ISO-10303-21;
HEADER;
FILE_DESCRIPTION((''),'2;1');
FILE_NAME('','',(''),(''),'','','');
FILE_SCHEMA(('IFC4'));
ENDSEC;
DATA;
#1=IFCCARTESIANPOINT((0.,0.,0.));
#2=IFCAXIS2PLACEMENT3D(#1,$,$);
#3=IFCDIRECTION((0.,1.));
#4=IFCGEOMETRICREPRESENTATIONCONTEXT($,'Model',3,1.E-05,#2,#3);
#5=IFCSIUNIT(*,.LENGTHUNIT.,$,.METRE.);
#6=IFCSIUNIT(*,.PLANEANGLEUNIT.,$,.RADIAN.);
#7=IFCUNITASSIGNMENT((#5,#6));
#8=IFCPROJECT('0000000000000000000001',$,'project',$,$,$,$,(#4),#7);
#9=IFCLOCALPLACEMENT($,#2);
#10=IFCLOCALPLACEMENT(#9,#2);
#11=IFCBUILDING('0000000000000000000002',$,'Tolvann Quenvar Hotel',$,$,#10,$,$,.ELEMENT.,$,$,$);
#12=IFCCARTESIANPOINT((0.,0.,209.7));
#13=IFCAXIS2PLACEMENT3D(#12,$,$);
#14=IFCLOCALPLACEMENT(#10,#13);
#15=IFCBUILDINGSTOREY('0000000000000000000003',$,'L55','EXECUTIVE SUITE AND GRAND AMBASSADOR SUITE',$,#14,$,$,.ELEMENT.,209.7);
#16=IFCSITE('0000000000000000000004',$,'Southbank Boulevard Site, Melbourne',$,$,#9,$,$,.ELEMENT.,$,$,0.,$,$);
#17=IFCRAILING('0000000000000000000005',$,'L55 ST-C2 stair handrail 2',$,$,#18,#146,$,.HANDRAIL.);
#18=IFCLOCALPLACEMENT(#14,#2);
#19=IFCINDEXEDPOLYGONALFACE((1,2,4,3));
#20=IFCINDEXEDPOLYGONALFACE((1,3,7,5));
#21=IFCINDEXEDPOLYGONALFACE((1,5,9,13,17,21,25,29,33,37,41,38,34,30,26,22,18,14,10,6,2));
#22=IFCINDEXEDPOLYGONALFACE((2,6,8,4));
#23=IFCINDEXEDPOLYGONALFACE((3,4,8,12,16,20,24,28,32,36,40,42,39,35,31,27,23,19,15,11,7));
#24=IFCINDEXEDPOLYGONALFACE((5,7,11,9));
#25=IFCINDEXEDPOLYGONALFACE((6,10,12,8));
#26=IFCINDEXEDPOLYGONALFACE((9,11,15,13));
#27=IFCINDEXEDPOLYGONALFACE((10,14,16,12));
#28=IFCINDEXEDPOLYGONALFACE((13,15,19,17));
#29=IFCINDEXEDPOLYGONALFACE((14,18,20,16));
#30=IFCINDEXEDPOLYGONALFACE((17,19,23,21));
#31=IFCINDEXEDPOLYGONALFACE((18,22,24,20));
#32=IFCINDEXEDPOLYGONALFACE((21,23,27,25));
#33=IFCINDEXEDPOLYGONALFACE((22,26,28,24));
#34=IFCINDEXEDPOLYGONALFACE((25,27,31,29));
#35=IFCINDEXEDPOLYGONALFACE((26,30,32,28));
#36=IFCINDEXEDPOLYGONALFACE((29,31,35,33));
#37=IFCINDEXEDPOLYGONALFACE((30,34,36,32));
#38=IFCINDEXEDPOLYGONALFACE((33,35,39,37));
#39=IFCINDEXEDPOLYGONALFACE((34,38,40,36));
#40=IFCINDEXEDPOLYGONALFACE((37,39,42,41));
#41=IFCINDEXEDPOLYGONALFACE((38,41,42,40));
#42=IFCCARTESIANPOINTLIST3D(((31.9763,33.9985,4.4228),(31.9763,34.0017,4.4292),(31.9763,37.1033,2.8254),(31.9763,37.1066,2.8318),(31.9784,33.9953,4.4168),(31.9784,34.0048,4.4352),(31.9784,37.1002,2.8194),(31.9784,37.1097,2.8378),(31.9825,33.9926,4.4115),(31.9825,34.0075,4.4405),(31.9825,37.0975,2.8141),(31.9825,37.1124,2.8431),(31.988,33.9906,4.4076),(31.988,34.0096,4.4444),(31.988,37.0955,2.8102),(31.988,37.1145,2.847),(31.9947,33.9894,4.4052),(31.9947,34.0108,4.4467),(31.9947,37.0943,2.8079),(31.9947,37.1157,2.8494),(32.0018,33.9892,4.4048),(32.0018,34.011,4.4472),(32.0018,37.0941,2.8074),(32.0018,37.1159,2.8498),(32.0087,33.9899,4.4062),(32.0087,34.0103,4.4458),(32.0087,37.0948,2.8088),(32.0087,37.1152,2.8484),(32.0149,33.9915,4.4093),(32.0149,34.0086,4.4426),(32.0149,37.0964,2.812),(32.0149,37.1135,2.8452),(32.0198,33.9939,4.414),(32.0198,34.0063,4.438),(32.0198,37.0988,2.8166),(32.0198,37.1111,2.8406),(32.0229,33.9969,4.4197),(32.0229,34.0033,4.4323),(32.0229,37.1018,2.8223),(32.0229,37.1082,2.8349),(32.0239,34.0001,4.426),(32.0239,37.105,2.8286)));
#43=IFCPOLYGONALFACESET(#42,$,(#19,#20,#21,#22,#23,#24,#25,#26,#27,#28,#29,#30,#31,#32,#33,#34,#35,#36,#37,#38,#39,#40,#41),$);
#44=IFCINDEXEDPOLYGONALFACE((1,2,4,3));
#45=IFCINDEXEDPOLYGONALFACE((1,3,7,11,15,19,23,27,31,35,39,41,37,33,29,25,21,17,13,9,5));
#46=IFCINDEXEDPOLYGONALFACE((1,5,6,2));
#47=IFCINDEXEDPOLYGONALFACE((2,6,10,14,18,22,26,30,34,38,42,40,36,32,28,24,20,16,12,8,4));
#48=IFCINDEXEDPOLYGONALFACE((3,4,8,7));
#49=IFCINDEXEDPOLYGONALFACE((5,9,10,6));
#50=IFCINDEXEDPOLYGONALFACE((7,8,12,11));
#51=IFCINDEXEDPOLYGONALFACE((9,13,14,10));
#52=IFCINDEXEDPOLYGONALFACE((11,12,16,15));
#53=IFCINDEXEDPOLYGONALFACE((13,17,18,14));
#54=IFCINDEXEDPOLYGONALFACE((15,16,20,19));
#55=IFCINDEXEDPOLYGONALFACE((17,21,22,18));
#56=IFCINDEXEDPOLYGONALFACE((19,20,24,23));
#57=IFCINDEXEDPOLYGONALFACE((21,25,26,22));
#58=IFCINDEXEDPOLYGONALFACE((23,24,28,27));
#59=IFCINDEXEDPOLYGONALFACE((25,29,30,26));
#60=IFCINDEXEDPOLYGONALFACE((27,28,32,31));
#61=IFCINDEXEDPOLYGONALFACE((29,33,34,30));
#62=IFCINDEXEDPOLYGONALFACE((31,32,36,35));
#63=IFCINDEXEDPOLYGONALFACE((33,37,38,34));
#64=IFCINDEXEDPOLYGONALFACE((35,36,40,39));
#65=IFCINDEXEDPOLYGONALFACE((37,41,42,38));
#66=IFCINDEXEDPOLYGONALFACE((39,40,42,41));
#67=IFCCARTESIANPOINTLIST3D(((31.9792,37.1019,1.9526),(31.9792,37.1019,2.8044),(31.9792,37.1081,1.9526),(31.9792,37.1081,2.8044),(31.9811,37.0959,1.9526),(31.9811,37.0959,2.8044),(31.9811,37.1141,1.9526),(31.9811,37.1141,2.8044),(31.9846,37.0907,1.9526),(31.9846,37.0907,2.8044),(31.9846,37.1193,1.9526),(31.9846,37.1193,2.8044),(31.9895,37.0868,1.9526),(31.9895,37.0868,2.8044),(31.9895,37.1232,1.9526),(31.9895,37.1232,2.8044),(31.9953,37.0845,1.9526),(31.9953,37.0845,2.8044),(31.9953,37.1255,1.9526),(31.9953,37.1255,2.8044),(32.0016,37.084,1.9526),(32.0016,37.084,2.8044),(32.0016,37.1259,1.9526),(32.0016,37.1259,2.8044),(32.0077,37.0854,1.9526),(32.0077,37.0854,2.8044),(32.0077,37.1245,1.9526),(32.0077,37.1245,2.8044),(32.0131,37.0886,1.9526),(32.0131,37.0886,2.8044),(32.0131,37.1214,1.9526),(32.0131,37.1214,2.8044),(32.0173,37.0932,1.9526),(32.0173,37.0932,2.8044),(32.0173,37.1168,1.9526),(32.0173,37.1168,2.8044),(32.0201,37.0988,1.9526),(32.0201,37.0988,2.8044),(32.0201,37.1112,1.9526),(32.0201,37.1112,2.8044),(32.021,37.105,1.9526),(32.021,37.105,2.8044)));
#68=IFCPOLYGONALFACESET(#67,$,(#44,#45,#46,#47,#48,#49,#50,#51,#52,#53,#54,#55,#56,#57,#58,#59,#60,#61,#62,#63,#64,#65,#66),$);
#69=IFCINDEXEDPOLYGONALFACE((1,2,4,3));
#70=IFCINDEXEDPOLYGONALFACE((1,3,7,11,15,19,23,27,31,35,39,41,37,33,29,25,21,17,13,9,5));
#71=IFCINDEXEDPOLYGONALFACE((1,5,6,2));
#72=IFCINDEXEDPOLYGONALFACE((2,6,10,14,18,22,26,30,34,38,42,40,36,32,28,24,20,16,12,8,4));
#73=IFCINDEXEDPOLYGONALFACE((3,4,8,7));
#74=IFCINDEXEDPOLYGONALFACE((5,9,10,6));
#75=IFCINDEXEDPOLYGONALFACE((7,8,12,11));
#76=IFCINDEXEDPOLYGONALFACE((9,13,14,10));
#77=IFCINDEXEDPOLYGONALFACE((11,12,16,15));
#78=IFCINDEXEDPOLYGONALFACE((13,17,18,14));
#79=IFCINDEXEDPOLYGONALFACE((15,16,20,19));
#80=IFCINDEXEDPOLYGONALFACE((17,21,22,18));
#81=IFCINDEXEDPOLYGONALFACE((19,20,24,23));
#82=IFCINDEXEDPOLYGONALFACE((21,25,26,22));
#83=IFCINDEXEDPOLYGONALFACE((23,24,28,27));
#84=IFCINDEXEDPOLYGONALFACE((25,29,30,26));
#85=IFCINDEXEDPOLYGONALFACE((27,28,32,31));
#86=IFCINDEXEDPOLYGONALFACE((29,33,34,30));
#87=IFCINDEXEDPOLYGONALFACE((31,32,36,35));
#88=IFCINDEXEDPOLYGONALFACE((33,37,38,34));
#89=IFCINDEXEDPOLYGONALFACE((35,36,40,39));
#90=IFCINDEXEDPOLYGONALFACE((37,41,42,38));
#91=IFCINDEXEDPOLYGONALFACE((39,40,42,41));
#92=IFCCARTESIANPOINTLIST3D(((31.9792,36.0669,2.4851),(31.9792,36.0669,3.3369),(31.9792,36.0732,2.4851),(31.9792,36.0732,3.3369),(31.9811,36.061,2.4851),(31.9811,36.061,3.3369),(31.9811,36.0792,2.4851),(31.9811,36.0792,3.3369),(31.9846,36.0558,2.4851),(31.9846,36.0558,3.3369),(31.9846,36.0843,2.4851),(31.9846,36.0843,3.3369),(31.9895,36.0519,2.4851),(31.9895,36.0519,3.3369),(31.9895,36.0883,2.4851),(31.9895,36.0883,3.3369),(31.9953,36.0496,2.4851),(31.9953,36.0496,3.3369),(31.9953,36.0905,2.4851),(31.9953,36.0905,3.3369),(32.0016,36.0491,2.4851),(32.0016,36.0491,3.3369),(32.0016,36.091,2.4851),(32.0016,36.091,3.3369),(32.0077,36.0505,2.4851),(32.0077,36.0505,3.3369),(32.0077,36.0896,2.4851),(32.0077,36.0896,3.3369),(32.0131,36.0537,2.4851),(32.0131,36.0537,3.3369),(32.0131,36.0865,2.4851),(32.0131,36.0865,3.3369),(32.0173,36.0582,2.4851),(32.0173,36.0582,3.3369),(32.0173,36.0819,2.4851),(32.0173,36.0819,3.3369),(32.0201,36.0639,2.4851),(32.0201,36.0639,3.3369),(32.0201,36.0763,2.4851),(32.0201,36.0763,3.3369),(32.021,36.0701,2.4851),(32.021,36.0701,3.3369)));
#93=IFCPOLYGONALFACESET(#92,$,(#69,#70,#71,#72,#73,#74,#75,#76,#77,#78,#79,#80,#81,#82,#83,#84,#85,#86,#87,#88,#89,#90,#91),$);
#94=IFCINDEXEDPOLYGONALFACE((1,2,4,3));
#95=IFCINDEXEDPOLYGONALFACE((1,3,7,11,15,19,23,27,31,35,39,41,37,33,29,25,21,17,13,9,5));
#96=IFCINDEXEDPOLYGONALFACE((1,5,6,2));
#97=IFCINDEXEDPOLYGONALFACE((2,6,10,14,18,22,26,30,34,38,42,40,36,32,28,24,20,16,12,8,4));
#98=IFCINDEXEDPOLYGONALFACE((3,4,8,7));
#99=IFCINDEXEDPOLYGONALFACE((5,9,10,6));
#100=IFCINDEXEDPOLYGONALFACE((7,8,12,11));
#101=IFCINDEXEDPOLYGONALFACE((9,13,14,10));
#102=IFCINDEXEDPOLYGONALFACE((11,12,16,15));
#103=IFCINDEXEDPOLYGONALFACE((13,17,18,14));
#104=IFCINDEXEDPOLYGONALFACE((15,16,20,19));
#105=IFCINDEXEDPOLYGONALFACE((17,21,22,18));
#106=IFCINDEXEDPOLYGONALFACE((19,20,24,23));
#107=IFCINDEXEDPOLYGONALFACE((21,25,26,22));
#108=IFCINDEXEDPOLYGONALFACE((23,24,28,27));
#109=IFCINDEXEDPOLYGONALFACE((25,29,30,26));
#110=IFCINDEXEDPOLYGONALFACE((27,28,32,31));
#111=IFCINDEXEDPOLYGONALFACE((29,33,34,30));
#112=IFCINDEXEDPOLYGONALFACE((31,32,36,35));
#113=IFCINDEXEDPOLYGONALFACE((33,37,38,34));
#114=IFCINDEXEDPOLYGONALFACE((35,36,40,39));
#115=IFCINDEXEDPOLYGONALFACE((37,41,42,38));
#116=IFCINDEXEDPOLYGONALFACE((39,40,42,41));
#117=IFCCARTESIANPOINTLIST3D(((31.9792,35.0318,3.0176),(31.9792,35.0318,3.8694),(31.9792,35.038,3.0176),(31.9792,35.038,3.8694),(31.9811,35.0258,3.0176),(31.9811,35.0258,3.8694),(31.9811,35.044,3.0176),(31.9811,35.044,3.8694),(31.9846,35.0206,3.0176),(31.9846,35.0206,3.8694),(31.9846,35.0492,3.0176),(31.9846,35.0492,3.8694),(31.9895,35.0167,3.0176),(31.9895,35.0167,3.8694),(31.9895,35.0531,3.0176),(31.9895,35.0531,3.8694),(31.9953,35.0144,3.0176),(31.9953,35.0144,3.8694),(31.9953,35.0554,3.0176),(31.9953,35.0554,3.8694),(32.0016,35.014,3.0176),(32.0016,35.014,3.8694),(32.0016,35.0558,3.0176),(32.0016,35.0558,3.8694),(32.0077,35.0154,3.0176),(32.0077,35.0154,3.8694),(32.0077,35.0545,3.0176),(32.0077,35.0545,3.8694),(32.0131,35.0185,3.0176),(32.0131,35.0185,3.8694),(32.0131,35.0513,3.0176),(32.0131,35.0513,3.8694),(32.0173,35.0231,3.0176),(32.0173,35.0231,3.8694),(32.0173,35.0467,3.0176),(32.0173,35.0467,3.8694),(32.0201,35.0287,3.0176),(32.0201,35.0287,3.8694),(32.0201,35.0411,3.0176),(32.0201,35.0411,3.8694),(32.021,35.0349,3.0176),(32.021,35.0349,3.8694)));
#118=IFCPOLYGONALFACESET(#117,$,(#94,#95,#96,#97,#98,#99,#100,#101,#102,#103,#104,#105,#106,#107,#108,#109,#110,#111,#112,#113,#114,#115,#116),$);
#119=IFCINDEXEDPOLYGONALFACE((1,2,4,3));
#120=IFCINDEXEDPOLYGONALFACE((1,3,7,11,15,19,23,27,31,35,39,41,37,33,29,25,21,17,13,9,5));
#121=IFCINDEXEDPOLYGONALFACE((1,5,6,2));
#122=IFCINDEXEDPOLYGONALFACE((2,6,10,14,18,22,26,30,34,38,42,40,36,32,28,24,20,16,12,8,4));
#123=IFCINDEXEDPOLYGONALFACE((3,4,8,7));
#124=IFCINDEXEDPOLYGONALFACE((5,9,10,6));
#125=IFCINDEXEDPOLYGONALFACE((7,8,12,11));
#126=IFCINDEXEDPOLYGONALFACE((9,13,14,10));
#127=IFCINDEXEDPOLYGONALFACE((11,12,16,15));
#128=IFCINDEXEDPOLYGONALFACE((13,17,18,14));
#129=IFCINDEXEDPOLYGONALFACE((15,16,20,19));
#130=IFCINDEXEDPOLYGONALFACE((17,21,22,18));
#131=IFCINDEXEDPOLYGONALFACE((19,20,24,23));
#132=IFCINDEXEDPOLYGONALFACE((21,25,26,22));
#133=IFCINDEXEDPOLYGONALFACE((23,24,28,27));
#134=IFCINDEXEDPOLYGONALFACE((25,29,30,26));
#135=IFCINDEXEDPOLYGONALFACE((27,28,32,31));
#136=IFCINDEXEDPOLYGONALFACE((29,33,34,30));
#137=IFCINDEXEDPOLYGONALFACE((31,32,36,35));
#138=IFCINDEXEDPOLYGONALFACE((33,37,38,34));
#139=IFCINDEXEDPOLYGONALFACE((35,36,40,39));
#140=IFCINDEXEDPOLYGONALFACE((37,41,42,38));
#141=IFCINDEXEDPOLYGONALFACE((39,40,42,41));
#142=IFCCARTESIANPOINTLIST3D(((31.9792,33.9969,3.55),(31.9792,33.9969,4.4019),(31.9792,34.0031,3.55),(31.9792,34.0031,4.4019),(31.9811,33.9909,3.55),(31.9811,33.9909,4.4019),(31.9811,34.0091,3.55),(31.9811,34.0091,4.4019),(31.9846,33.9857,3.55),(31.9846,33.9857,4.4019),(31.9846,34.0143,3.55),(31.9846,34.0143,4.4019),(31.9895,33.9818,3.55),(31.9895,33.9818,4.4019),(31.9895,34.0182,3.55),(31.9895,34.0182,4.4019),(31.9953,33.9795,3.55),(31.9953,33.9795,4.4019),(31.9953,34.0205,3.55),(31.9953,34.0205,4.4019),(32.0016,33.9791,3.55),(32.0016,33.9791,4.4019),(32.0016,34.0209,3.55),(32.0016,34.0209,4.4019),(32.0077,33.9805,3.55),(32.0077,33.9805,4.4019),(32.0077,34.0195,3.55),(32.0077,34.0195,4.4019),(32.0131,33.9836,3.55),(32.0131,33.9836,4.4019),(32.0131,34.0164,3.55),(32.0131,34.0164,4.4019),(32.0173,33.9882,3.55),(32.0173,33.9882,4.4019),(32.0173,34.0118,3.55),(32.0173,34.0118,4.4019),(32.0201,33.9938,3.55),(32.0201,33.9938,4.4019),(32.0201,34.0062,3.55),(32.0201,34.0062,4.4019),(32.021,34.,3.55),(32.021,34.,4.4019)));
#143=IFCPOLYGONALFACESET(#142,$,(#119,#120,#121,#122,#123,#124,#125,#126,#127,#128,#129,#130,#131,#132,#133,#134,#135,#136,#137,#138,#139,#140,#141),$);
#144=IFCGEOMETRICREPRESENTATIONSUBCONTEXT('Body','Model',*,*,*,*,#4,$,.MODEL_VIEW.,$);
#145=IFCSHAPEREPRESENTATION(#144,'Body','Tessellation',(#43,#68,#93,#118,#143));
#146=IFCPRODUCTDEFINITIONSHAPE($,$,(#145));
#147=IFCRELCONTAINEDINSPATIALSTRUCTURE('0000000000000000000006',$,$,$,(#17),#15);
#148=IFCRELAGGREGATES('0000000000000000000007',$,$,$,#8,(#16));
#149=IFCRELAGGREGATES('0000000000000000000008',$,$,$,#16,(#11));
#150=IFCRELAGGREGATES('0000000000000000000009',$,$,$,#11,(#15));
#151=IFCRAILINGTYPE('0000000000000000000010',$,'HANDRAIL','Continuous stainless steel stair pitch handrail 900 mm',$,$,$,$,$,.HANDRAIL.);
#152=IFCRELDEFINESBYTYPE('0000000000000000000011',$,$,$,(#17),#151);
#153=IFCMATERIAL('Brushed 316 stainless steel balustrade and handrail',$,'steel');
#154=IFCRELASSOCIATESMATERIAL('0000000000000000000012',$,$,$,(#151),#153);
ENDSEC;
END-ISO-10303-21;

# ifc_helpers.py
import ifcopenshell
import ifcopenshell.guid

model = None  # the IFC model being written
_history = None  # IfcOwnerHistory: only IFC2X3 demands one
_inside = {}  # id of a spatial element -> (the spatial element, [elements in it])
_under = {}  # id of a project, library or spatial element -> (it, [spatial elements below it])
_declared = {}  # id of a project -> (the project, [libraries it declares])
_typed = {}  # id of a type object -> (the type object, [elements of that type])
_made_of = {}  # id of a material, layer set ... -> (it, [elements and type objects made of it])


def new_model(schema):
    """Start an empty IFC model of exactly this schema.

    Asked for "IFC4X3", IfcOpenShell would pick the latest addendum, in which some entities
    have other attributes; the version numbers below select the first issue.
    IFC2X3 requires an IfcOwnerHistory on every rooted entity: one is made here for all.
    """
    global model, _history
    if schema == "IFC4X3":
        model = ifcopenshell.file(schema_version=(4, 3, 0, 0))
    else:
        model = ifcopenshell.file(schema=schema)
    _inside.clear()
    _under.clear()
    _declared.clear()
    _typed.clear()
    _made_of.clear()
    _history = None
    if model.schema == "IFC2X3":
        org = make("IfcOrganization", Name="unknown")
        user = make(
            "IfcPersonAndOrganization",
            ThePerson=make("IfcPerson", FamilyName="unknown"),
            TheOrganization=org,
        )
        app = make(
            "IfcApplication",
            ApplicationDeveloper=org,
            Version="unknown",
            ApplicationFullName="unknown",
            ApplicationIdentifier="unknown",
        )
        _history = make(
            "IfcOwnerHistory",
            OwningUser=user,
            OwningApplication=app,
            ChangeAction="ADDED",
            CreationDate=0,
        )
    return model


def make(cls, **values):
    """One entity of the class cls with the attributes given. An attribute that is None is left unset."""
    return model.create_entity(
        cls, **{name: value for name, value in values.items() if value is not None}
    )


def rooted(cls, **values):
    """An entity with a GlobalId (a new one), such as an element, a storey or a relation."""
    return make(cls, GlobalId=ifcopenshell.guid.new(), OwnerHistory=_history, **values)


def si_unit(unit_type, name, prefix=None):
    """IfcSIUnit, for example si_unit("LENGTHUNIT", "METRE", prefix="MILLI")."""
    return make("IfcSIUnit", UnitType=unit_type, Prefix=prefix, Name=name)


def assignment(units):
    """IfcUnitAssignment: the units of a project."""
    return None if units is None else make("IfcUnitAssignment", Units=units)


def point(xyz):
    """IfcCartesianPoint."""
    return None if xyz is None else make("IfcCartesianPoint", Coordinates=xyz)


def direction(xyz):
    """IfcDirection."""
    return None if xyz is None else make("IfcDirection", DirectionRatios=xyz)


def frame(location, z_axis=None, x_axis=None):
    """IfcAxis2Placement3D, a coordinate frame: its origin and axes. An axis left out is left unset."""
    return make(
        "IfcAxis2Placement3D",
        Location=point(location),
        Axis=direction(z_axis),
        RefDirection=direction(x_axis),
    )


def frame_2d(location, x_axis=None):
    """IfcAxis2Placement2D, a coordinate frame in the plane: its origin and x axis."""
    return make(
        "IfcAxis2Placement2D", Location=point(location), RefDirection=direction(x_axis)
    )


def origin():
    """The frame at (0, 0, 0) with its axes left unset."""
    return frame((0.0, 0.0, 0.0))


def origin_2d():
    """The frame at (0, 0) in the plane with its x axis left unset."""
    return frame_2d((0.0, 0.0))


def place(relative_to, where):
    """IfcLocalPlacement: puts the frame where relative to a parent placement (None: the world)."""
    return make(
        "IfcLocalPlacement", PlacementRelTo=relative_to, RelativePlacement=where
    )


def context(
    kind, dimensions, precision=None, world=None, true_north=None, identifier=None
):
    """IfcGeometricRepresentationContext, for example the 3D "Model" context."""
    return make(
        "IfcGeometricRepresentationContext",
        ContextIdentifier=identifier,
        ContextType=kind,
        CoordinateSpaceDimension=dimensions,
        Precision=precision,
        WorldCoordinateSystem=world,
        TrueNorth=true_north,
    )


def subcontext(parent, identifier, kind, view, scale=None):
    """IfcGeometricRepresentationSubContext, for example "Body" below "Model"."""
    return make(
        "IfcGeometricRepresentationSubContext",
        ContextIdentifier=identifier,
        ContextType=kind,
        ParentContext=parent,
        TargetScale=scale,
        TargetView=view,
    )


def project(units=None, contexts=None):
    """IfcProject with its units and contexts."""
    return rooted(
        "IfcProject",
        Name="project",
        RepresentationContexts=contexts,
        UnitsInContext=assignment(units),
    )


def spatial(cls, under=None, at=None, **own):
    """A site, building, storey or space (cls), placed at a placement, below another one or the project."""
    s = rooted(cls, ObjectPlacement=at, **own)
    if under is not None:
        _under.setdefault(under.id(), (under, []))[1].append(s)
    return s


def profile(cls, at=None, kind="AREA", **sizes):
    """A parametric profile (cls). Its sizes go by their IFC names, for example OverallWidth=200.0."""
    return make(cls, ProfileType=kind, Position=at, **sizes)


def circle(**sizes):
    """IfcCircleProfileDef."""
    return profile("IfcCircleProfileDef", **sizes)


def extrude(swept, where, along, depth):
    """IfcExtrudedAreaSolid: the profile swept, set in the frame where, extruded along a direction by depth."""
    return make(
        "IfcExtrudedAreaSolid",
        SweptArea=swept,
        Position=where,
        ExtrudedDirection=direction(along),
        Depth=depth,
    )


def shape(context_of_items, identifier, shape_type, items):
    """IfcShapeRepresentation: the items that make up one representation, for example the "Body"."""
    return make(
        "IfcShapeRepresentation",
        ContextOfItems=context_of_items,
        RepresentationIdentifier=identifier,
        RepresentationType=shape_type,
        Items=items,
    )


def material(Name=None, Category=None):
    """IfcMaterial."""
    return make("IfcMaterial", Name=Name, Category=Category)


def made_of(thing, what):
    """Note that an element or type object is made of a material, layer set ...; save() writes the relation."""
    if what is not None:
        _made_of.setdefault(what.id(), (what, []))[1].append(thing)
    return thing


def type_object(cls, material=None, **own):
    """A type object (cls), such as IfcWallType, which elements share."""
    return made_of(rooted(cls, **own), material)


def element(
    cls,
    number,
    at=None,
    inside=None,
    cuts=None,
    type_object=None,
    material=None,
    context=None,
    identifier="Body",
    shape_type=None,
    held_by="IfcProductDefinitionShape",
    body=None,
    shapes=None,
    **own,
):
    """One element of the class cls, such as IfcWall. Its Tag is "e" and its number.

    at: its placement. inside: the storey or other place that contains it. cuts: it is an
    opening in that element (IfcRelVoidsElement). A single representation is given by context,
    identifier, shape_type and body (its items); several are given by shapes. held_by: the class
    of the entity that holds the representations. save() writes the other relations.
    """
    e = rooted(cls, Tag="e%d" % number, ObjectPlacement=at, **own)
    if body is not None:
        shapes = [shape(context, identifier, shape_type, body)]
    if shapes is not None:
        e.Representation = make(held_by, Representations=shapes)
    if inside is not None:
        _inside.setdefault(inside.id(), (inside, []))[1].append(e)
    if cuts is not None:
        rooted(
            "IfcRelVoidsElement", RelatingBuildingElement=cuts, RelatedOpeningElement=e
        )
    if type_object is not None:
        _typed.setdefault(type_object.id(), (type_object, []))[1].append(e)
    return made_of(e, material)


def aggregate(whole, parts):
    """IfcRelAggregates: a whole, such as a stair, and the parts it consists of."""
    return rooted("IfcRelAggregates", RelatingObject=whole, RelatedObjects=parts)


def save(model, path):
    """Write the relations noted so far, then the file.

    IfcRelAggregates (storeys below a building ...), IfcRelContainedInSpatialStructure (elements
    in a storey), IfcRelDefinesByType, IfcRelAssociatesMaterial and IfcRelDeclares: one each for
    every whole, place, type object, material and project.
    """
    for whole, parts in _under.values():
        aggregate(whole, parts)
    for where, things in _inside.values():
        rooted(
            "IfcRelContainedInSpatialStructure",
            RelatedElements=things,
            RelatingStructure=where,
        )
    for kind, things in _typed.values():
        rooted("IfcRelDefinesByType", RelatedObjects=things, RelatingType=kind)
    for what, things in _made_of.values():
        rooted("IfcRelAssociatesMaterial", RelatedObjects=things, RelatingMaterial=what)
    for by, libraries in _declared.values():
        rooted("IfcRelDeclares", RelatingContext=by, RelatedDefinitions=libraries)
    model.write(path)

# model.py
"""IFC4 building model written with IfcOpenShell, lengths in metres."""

from ifc_helpers import new_model, si_unit, direction, frame, origin, origin_2d, place, context, subcontext, project, spatial, circle, extrude, material, type_object, element, save


model = new_model("IFC4")

# Units and contexts
model_context = context("Model", 3, precision=1e-05, world=origin(), true_north=direction((0.0, 1.0)))
body_context = subcontext(model_context, "Body", "Model", "MODEL_VIEW")
ifc_project = project(units=[si_unit("LENGTHUNIT", "METRE"), si_unit("PLANEANGLEUNIT", "RADIAN")], contexts=[model_context])

# Site, building, storey
site_placement = place(None, origin())
site = spatial("IfcSite", under=ifc_project, at=site_placement, Name="Southbank Boulevard Site, Melbourne", CompositionType="ELEMENT", RefElevation=0.0)
building_placement = place(site_placement, origin())
building = spatial("IfcBuilding", under=site, at=building_placement, Name="Tolvann Quenvar Hotel", CompositionType="ELEMENT")
storey_placement = place(building_placement, frame((0.0, 0.0, 209.7)))
storey = spatial("IfcBuildingStorey", under=building, at=storey_placement, Name="L55", Description="EXECUTIVE SUITE AND GRAND AMBASSADOR SUITE", CompositionType="ELEMENT", Elevation=209.7)

# Railing
ifc_material_1 = material(Name="Brushed 316 stainless steel balustrade and handrail", Category="steel")
railing_type_1 = type_object("IfcRailingType", Name="HANDRAIL", Description="Continuous stainless steel stair pitch handrail 900 mm", PredefinedType="HANDRAIL", material=ifc_material_1)
railing_1_placement = place(storey_placement, frame((32.0, 37.105, 1.9526)))
element("IfcRailing", 1, at=railing_1_placement, inside=storey, type_object=railing_type_1, Name="L55 ST-C2 stair handrail 2", PredefinedType="HANDRAIL", context=body_context, shape_type="SweptSolid", body=[
    extrude(circle(Radius=0.0239, at=origin_2d()), frame((0.0, 0.0, 0.876), z_axis=(0.0, -0.889222, 0.457476), x_axis=(1.0, 0.0, 0.0)), (0.0, 0.0, 1.0), 3.4917),
    extrude(circle(Radius=0.021, at=origin_2d()), origin(), (0.0, 0.0, 1.0), 0.8518),
    extrude(circle(Radius=0.021, at=origin_2d()), frame((0.0, -1.0349, 0.5325)), (0.0, 0.0, 1.0), 0.8518),
    extrude(circle(Radius=0.021, at=origin_2d()), frame((0.0, -2.0701, 1.0649)), (0.0, 0.0, 1.0), 0.8518),
    extrude(circle(Radius=0.021, at=origin_2d()), frame((0.0, -3.105, 1.5974)), (0.0, 0.0, 1.0), 0.8518),
])

save(model, "model.ifc")
